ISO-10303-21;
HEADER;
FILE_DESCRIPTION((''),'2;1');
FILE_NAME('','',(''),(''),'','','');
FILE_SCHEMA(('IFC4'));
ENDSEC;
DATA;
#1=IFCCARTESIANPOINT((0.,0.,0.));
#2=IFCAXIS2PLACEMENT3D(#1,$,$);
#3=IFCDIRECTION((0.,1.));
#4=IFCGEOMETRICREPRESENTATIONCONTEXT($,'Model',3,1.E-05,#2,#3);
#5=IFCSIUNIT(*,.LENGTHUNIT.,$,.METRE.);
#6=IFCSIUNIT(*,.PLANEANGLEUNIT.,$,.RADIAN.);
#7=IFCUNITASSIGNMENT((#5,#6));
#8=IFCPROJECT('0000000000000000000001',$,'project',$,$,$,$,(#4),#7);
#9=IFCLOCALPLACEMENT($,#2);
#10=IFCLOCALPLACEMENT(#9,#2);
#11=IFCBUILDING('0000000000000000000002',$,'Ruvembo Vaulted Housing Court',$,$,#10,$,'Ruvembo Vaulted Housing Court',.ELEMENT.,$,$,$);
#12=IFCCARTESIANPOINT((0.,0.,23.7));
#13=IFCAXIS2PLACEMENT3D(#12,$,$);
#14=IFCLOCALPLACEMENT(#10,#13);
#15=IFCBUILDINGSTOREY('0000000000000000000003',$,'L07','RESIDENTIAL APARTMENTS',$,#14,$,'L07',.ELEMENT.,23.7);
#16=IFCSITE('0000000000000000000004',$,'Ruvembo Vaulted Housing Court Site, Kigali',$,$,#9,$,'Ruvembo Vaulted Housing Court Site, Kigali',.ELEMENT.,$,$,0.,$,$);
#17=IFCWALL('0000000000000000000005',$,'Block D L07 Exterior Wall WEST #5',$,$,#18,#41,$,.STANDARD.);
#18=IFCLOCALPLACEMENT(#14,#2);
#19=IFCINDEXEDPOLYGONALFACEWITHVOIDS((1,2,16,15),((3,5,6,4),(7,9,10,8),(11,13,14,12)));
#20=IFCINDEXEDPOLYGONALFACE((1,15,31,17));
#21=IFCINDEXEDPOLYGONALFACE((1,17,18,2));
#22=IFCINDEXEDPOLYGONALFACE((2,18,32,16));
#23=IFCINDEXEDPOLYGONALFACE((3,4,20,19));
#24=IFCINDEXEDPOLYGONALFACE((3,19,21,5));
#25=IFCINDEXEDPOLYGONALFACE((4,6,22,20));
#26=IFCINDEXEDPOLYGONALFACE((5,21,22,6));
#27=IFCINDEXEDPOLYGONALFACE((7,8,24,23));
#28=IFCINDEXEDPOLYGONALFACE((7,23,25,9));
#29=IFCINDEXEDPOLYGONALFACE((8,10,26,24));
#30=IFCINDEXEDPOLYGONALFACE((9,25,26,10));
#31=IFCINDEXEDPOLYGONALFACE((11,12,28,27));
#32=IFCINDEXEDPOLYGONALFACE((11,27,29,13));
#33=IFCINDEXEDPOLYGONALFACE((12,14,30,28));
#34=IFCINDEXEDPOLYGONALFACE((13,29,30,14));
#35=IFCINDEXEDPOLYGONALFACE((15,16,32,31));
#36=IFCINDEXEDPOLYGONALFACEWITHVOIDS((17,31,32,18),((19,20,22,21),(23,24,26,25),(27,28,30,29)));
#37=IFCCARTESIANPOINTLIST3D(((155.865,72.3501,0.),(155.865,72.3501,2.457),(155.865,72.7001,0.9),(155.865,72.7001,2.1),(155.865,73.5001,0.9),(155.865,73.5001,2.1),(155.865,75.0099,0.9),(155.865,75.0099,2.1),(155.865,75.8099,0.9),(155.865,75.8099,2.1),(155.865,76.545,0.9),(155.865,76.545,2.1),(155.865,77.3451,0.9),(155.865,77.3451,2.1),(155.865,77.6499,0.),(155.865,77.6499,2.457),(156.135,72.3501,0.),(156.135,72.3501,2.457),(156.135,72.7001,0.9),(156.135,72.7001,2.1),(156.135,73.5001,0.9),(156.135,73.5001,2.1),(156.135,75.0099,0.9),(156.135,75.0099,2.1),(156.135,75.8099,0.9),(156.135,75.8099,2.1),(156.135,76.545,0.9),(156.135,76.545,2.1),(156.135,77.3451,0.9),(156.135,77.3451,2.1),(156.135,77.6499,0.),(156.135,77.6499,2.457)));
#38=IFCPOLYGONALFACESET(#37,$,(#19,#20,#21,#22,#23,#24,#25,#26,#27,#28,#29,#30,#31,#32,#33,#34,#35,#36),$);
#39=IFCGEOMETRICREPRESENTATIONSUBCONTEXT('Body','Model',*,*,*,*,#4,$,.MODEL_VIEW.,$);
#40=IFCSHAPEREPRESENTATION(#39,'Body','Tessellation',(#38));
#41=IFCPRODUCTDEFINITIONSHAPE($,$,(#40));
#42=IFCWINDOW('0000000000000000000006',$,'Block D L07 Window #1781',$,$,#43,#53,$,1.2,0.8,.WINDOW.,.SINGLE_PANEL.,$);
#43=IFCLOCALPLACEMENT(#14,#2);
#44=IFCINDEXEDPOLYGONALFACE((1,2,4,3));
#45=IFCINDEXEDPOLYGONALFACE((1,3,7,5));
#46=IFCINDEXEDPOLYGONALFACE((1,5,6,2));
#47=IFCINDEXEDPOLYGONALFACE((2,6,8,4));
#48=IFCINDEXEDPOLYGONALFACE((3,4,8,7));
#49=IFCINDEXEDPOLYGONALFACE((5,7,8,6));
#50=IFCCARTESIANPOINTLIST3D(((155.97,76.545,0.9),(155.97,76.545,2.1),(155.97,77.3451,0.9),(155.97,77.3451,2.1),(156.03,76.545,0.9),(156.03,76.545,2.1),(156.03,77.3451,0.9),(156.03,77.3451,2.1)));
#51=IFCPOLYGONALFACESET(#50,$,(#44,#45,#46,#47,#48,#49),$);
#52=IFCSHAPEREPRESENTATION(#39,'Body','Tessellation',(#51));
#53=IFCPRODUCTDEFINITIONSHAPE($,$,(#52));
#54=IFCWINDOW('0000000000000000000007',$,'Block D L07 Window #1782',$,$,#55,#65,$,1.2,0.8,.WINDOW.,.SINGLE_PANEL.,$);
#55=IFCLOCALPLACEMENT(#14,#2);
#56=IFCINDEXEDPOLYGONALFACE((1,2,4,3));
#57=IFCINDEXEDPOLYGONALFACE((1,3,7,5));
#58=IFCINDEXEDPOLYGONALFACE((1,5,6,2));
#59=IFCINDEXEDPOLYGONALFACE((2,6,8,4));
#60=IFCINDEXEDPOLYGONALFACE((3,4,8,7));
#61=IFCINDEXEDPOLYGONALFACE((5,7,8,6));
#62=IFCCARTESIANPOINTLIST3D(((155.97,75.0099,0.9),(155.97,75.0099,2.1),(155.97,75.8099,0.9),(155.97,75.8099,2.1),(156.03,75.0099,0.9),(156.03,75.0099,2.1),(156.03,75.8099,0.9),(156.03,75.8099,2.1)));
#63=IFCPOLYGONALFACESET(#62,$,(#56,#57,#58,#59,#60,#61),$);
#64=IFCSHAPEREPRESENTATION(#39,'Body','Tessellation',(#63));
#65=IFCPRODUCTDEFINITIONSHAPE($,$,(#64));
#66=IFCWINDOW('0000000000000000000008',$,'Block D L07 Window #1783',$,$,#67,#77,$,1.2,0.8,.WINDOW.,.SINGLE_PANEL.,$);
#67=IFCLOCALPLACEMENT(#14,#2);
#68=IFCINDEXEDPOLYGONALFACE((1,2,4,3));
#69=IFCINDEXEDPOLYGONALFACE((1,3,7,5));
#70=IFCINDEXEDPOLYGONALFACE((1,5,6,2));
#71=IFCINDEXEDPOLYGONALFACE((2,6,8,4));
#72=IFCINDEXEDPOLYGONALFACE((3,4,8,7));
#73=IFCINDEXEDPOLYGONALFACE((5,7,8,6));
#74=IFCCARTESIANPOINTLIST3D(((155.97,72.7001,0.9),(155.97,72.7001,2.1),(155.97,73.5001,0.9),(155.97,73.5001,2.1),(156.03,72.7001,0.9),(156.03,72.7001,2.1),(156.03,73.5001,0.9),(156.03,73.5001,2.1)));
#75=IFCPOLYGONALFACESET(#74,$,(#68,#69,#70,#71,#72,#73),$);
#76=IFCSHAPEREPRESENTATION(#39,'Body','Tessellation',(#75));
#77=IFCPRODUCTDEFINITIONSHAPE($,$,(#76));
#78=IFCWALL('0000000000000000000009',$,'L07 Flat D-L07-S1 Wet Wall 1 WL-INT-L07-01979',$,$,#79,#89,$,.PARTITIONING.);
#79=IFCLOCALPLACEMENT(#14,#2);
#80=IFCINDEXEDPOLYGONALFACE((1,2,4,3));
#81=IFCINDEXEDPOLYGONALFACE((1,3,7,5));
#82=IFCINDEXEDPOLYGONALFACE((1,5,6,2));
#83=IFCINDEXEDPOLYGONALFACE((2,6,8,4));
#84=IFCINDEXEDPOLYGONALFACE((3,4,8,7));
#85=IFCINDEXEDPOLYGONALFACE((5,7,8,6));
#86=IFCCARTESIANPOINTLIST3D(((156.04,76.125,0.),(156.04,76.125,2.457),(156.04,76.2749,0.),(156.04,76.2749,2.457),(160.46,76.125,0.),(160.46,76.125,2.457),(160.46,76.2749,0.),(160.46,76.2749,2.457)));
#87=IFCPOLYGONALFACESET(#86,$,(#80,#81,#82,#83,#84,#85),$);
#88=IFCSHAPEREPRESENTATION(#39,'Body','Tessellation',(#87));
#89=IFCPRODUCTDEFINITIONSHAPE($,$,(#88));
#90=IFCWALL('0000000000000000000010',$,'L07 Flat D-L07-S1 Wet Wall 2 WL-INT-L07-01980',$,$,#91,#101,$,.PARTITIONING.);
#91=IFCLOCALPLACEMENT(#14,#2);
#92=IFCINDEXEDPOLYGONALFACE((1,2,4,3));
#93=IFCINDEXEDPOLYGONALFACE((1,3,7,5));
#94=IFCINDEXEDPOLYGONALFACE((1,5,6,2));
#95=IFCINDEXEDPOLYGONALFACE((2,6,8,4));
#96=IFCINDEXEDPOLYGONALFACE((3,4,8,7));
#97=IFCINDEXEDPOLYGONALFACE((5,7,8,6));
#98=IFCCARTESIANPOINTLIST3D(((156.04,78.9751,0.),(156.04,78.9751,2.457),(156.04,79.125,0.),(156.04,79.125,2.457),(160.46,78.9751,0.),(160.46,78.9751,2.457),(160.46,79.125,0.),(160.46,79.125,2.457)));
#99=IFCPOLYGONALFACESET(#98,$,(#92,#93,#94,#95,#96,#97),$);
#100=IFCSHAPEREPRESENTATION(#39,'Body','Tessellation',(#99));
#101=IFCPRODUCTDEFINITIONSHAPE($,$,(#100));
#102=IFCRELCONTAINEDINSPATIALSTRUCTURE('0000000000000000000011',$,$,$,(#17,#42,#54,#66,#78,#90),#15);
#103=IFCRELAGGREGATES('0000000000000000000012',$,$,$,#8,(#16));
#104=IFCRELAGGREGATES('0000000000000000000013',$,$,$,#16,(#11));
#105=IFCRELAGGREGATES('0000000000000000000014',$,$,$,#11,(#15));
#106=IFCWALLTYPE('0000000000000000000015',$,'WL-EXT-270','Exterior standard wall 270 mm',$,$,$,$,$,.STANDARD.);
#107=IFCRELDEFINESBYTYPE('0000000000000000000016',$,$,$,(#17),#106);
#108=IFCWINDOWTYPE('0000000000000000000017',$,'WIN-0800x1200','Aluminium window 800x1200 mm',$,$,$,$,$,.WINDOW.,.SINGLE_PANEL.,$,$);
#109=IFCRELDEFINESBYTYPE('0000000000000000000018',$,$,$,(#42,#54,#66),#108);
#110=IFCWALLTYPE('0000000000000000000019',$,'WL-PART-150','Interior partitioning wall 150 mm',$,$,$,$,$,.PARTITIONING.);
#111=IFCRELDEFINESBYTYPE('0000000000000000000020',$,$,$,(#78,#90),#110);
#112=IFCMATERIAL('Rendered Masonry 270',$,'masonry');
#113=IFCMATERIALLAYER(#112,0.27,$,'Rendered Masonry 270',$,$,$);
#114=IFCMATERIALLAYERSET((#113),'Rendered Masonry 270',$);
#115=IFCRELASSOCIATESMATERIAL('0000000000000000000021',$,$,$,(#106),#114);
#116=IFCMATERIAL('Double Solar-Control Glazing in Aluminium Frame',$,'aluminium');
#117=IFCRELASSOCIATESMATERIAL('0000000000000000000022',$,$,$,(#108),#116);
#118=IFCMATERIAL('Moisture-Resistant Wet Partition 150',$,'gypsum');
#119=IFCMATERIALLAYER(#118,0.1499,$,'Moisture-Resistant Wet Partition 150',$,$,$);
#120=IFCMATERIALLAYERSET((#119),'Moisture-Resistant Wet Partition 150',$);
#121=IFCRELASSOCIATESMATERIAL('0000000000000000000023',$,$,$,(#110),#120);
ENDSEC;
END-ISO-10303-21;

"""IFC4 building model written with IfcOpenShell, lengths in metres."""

from ifc_helpers import new_model, si_unit, direction, frame, frame_2d, origin, place, context, subcontext, project, spatial, rectangle, extrude, material, layer, layer_set, type_object, element, fill, save


model = new_model("IFC4")

# Units and contexts
model_context = context("Model", 3, precision=1e-05, world=origin(), true_north=direction((0.0, 1.0)))
body_context = subcontext(model_context, "Body", "Model", "MODEL_VIEW")
ifc_project = project(units=[si_unit("LENGTHUNIT", "METRE"), si_unit("PLANEANGLEUNIT", "RADIAN")], contexts=[model_context])

# Site, building, storey
site_placement = place(None, origin())
site = spatial("IfcSite", under=ifc_project, at=site_placement, Name="Ruvembo Vaulted Housing Court Site, Kigali", LongName="Ruvembo Vaulted Housing Court Site, Kigali", CompositionType="ELEMENT", RefElevation=0.0)
building_placement = place(site_placement, origin())
building = spatial("IfcBuilding", under=site, at=building_placement, Name="Ruvembo Vaulted Housing Court", LongName="Ruvembo Vaulted Housing Court", CompositionType="ELEMENT")
storey_placement = place(building_placement, frame((0.0, 0.0, 23.7)))
storey = spatial("IfcBuildingStorey", under=building, at=storey_placement, Name="L07", Description="RESIDENTIAL APARTMENTS", LongName="L07", CompositionType="ELEMENT", Elevation=23.7)

# Wall, openings, windows
ifc_material_1 = material(Name="Rendered Masonry 270", Category="masonry")
ifc_layer_1 = layer(ifc_material_1, 0.27, Name="Rendered Masonry 270")
ifc_layer_set_1 = layer_set([ifc_layer_1], Name="Rendered Masonry 270")
wall_type_1 = type_object("IfcWallType", Name="WL-EXT-270", Description="Exterior standard wall 270 mm", PredefinedType="STANDARD", material=ifc_layer_set_1)
ifc_material_2 = material(Name="Double Solar-Control Glazing in Aluminium Frame", Category="aluminium")
wall_1_placement = place(storey_placement, frame((156.0, 77.6499, 0.0), z_axis=(0.0, 0.0, 1.0), x_axis=(0.0, -1.0, 0.0)))
wall_1 = element("IfcWall", 1, at=wall_1_placement, inside=storey, type_object=wall_type_1, Name="Block D L07 Exterior Wall WEST #5", PredefinedType="STANDARD", context=body_context, shape_type="SweptSolid", body=[
    extrude(rectangle(XDim=5.2998, YDim=0.27, at=frame_2d((2.6499, 0.0))), origin(), (0.0, 0.0, 1.0), 2.457),
])
opening_1_placement = place(wall_1_placement, frame((0.3049, 0.0, 0.8999)))
opening_1 = element("IfcOpeningElement", 2, at=opening_1_placement, cuts=wall_1, PredefinedType="OPENING", context=body_context, shape_type="SweptSolid", body=[
    extrude(rectangle(XDim=0.8, YDim=1.2, at=frame_2d((0.3999, 0.6001))), frame((0.0, 0.145, 0.0), z_axis=(0.0, -1.0, 0.0), x_axis=(1.0, 0.0, 0.0)), (0.0, 0.0, 1.0), 0.29),
])
opening_2_placement = place(wall_1_placement, frame((1.8401, 0.0, 0.8999)))
opening_2 = element("IfcOpeningElement", 3, at=opening_2_placement, cuts=wall_1, PredefinedType="OPENING", context=body_context, shape_type="SweptSolid", body=[
    extrude(rectangle(XDim=0.8, YDim=1.2, at=frame_2d((0.3999, 0.6001))), frame((0.0, 0.145, 0.0), z_axis=(0.0, -1.0, 0.0), x_axis=(1.0, 0.0, 0.0)), (0.0, 0.0, 1.0), 0.29),
])
opening_3_placement = place(wall_1_placement, frame((4.1499, 0.0, 0.8999)))
opening_3 = element("IfcOpeningElement", 4, at=opening_3_placement, cuts=wall_1, PredefinedType="OPENING", context=body_context, shape_type="SweptSolid", body=[
    extrude(rectangle(XDim=0.8, YDim=1.2, at=frame_2d((0.3999, 0.6001))), frame((0.0, 0.145, 0.0), z_axis=(0.0, -1.0, 0.0), x_axis=(1.0, 0.0, 0.0)), (0.0, 0.0, 1.0), 0.29),
])
window_type_1 = type_object("IfcWindowType", Name="WIN-0800x1200", Description="Aluminium window 800x1200 mm", PartitioningType="SINGLE_PANEL", PredefinedType="WINDOW", material=ifc_material_2)
window_1_placement = place(opening_1_placement, origin())
window_1 = element("IfcWindow", 5, at=window_1_placement, inside=storey, type_object=window_type_1, Name="Block D L07 Window #1781", OverallHeight=1.2, OverallWidth=0.8, PartitioningType="SINGLE_PANEL", PredefinedType="WINDOW", context=body_context, shape_type="SweptSolid", body=[
    extrude(rectangle(XDim=0.8, YDim=1.2, at=frame_2d((0.3999, 0.6001))), frame((0.0, 0.03, 0.0), z_axis=(0.0, -1.0, 0.0), x_axis=(1.0, 0.0, 0.0)), (0.0, 0.0, 1.0), 0.0601),
])
fill(opening_1, window_1)
window_2_placement = place(opening_2_placement, origin())
window_2 = element("IfcWindow", 6, at=window_2_placement, inside=storey, type_object=window_type_1, Name="Block D L07 Window #1782", OverallHeight=1.2, OverallWidth=0.8, PartitioningType="SINGLE_PANEL", PredefinedType="WINDOW", context=body_context, shape_type="SweptSolid", body=[
    extrude(rectangle(XDim=0.8, YDim=1.2, at=frame_2d((0.3999, 0.6001))), frame((0.0, 0.03, 0.0), z_axis=(0.0, -1.0, 0.0), x_axis=(1.0, 0.0, 0.0)), (0.0, 0.0, 1.0), 0.0601),
])
fill(opening_2, window_2)
window_3_placement = place(opening_3_placement, origin())
window_3 = element("IfcWindow", 7, at=window_3_placement, inside=storey, type_object=window_type_1, Name="Block D L07 Window #1783", OverallHeight=1.2, OverallWidth=0.8, PartitioningType="SINGLE_PANEL", PredefinedType="WINDOW", context=body_context, shape_type="SweptSolid", body=[
    extrude(rectangle(XDim=0.8, YDim=1.2, at=frame_2d((0.3999, 0.6001))), frame((0.0, 0.03, 0.0), z_axis=(0.0, -1.0, 0.0), x_axis=(1.0, 0.0, 0.0)), (0.0, 0.0, 1.0), 0.0601),
])
fill(opening_3, window_3)

# Walls
ifc_material_3 = material(Name="Moisture-Resistant Wet Partition 150", Category="gypsum")
ifc_layer_2 = layer(ifc_material_3, 0.1499, Name="Moisture-Resistant Wet Partition 150")
ifc_layer_set_2 = layer_set([ifc_layer_2], Name="Moisture-Resistant Wet Partition 150")
wall_type_2 = type_object("IfcWallType", Name="WL-PART-150", Description="Interior partitioning wall 150 mm", PredefinedType="PARTITIONING", material=ifc_layer_set_2)
for number, where, z_axis, x_axis, name in (
    (8, (156.04, 76.2, 0.0), (0.0, 0.0, 1.0), (1.0, 0.0, 0.0), "L07 Flat D-L07-S1 Wet Wall 1 WL-INT-L07-01979"),
    (9, (156.04, 79.05, 0.0), (0.0, 0.0, 1.0), (1.0, 0.0, 0.0), "L07 Flat D-L07-S1 Wet Wall 2 WL-INT-L07-01980"),
):
    element("IfcWall", number, at=place(storey_placement, frame(where, z_axis=z_axis, x_axis=x_axis)), inside=storey, type_object=wall_type_2, Name=name, PredefinedType="PARTITIONING", context=body_context, shape_type="SweptSolid", body=[
        extrude(rectangle(XDim=4.4199, YDim=0.1499, at=frame_2d((2.21, 0.0))), origin(), (0.0, 0.0, 1.0), 2.457),
    ])

save(model, "model.ifc")
